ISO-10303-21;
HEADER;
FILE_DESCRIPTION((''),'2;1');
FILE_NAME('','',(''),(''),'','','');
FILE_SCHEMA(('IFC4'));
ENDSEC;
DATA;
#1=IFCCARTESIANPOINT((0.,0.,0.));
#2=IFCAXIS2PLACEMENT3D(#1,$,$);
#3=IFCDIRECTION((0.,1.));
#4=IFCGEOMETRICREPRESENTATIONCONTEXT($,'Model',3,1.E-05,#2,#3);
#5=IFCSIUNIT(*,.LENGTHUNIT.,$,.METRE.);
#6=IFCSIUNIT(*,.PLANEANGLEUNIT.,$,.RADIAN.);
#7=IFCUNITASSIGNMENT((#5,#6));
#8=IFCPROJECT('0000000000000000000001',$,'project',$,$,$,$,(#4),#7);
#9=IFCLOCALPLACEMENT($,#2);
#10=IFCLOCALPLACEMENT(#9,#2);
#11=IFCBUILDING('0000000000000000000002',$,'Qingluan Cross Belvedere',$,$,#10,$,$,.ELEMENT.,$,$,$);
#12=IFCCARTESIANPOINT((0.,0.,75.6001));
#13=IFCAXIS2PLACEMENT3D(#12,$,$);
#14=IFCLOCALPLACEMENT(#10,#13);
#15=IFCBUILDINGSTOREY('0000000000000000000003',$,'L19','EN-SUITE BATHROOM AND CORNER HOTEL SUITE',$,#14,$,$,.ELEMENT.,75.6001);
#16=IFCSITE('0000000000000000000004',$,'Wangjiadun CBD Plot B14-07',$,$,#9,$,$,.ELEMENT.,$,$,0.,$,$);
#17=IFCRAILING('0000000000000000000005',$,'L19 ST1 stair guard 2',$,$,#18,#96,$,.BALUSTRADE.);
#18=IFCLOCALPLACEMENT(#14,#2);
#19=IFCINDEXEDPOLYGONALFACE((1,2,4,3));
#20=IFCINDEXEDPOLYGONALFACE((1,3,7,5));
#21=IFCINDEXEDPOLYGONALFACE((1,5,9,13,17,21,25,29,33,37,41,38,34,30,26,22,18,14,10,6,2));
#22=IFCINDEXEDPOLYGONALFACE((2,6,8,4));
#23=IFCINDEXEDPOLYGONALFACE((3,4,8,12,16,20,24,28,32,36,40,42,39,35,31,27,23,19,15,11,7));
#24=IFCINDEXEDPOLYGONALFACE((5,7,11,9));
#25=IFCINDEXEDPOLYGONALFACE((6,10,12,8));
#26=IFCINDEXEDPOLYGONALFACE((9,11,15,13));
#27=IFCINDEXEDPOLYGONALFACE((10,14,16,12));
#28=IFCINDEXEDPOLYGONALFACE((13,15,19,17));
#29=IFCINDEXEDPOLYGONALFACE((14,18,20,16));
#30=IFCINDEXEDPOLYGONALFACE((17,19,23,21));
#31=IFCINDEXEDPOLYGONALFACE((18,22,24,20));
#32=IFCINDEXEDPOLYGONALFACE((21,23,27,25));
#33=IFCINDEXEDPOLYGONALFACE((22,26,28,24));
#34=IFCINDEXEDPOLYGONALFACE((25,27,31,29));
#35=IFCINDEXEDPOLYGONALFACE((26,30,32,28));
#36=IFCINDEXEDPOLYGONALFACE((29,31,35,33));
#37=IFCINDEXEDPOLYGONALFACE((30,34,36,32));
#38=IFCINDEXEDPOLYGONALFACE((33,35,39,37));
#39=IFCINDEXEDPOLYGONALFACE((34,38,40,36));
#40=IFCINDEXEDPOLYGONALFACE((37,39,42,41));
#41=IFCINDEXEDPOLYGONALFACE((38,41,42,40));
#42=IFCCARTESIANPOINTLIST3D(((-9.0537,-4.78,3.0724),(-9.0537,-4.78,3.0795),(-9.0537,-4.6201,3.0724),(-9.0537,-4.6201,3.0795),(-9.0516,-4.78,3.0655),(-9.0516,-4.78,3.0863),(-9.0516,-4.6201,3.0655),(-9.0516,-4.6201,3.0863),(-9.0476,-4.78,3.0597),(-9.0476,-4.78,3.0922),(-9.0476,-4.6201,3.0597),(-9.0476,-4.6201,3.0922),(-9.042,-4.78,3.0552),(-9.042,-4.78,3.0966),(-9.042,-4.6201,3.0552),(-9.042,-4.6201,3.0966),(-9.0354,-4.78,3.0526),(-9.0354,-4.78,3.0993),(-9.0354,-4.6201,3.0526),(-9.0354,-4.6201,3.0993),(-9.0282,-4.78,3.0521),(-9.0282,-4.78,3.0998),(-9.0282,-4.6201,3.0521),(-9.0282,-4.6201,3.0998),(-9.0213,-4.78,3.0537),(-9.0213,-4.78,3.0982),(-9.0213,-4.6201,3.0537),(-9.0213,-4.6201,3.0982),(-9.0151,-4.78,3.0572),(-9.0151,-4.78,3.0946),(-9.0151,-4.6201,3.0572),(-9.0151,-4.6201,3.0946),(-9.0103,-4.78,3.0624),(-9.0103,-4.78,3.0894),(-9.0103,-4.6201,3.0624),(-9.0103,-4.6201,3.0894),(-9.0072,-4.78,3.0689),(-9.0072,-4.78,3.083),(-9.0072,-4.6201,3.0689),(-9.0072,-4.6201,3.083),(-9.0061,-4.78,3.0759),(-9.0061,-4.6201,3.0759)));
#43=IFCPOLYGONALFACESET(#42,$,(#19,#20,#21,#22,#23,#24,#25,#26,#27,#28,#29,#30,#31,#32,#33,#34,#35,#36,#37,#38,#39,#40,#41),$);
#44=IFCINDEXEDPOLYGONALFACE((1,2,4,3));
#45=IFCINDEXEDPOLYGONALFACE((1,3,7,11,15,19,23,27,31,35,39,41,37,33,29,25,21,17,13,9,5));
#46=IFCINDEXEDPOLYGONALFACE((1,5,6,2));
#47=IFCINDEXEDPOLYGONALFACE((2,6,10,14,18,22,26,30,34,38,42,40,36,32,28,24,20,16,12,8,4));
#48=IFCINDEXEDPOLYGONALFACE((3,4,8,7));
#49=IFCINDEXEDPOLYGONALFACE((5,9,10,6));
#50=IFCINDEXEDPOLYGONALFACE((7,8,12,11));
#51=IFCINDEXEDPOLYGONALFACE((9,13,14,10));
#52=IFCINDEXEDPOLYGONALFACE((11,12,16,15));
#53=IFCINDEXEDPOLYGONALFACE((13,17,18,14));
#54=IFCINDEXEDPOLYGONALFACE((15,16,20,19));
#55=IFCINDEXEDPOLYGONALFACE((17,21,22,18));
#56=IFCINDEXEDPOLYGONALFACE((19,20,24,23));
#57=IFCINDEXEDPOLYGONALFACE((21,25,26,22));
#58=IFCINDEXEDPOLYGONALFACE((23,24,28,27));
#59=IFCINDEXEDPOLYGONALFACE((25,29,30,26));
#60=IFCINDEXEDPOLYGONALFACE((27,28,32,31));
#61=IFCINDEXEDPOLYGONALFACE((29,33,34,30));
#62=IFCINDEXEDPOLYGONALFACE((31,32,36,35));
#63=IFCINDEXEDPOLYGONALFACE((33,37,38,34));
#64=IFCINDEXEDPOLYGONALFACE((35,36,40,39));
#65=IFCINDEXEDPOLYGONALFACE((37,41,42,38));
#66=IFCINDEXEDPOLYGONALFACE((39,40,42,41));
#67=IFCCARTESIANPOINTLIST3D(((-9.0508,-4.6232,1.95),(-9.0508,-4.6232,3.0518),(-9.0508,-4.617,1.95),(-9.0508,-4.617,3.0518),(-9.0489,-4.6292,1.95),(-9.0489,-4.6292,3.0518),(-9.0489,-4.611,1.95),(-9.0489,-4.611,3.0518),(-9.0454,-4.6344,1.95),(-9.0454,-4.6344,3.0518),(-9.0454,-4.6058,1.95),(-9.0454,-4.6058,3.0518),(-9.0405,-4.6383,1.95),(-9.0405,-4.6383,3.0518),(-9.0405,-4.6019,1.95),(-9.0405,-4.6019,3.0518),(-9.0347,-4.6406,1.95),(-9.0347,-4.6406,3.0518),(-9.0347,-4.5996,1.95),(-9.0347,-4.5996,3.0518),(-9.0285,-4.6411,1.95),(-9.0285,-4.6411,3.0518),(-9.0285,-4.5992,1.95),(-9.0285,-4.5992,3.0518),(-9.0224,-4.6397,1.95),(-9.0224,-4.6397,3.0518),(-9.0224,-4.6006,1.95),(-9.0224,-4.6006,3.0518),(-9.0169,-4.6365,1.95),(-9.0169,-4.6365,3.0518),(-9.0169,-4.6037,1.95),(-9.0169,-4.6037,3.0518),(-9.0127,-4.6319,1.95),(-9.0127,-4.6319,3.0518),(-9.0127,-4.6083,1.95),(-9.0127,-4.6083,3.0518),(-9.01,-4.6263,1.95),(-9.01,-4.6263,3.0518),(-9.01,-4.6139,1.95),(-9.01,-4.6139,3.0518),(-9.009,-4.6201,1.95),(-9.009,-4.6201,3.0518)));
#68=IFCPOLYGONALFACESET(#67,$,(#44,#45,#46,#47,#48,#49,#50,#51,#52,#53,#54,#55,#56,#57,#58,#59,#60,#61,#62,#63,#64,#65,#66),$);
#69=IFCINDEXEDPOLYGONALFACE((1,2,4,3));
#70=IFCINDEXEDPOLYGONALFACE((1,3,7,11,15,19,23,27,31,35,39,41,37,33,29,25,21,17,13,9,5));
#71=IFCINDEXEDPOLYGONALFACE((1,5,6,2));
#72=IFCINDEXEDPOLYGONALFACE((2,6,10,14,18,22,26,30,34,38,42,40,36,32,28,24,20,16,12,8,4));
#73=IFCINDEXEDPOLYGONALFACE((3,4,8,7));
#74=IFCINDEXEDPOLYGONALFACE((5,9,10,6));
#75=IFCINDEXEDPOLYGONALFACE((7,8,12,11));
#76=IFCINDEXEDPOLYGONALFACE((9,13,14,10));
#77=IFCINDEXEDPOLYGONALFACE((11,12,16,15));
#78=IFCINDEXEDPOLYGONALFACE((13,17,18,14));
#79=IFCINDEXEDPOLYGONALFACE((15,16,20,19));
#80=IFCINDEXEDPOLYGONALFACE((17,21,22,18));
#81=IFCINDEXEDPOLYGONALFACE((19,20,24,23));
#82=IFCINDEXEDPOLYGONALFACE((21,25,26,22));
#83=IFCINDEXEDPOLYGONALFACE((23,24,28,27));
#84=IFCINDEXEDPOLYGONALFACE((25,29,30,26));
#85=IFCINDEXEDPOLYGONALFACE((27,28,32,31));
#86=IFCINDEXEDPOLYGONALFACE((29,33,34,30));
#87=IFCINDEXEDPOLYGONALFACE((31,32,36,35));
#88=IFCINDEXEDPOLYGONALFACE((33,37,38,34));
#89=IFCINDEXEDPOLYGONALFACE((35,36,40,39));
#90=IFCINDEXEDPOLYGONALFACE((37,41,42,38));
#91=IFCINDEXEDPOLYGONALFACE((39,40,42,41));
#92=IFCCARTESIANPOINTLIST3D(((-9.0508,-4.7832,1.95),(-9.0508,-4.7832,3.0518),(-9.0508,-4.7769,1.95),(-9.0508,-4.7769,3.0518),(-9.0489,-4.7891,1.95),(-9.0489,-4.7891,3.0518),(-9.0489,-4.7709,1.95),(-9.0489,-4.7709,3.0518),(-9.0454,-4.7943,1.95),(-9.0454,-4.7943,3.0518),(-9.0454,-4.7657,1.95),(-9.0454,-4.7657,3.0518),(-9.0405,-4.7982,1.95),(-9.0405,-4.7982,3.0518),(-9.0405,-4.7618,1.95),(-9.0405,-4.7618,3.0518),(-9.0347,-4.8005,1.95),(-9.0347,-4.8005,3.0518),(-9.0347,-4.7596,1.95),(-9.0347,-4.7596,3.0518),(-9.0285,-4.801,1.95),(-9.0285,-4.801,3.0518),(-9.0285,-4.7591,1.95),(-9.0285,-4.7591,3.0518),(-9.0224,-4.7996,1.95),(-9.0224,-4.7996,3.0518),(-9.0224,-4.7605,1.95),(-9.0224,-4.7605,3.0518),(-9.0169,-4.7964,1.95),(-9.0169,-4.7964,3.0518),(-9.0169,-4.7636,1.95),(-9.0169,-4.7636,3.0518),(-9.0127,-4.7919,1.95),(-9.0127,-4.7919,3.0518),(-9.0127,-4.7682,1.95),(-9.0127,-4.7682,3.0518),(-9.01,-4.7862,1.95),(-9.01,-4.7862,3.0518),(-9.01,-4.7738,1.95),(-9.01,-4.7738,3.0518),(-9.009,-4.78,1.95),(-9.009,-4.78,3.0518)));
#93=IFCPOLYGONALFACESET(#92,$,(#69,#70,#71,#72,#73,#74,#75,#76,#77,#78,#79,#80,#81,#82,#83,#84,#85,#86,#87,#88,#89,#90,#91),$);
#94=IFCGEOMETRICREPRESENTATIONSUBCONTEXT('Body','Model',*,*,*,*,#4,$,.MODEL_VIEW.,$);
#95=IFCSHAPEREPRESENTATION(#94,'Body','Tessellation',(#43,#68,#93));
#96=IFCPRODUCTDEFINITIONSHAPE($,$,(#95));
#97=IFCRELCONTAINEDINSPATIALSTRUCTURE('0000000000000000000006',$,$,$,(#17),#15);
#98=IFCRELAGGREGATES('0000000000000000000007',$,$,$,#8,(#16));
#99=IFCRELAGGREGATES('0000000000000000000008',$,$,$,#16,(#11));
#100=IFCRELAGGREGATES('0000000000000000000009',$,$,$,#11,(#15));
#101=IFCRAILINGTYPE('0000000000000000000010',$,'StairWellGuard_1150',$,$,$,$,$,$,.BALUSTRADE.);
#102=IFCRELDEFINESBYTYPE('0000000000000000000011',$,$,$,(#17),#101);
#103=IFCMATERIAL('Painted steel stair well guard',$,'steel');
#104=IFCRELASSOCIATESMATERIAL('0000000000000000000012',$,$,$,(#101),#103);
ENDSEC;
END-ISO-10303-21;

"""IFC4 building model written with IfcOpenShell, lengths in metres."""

from ifc_helpers import new_model, si_unit, direction, frame, origin, origin_2d, place, context, subcontext, project, spatial, circle, extrude, material, type_object, element, save


model = new_model("IFC4")

# Units and contexts
model_context = context("Model", 3, precision=1e-05, world=origin(), true_north=direction((0.0, 1.0)))
body_context = subcontext(model_context, "Body", "Model", "MODEL_VIEW")
ifc_project = project(units=[si_unit("LENGTHUNIT", "METRE"), si_unit("PLANEANGLEUNIT", "RADIAN")], contexts=[model_context])

# Site, building, storey
site_placement = place(None, origin())
site = spatial("IfcSite", under=ifc_project, at=site_placement, Name="Wangjiadun CBD Plot B14-07", CompositionType="ELEMENT", RefElevation=0.0)
building_placement = place(site_placement, origin())
building = spatial("IfcBuilding", under=site, at=building_placement, Name="Qingluan Cross Belvedere", CompositionType="ELEMENT")
storey_placement = place(building_placement, frame((0.0, 0.0, 75.6001)))
storey = spatial("IfcBuildingStorey", under=building, at=storey_placement, Name="L19", Description="EN-SUITE BATHROOM AND CORNER HOTEL SUITE", CompositionType="ELEMENT", Elevation=75.6001)

# Railing
ifc_material_1 = material(Name="Painted steel stair well guard", Category="steel")
railing_type_1 = type_object("IfcRailingType", Name="StairWellGuard_1150", PredefinedType="BALUSTRADE", material=ifc_material_1)
railing_1_placement = place(storey_placement, frame((-9.03, -4.6201, 1.95)))
element("IfcRailing", 1, at=railing_1_placement, inside=storey, type_object=railing_type_1, Name="L19 ST1 stair guard 2", PredefinedType="BALUSTRADE", context=body_context, shape_type="SweptSolid", body=[
    extrude(circle(Radius=0.0239, at=origin_2d()), frame((0.0, 0.0, 1.126), z_axis=(0.0, -1.0, 0.0), x_axis=(1.0, 0.0, 0.0)), (0.0, 0.0, 1.0), 0.1599),
    extrude(circle(Radius=0.021, at=origin_2d()), origin(), (0.0, 0.0, 1.0), 1.1018),
    extrude(circle(Radius=0.021, at=origin_2d()), frame((0.0, -0.1599, 0.0)), (0.0, 0.0, 1.0), 1.1018),
])

save(model, "model.ifc")
